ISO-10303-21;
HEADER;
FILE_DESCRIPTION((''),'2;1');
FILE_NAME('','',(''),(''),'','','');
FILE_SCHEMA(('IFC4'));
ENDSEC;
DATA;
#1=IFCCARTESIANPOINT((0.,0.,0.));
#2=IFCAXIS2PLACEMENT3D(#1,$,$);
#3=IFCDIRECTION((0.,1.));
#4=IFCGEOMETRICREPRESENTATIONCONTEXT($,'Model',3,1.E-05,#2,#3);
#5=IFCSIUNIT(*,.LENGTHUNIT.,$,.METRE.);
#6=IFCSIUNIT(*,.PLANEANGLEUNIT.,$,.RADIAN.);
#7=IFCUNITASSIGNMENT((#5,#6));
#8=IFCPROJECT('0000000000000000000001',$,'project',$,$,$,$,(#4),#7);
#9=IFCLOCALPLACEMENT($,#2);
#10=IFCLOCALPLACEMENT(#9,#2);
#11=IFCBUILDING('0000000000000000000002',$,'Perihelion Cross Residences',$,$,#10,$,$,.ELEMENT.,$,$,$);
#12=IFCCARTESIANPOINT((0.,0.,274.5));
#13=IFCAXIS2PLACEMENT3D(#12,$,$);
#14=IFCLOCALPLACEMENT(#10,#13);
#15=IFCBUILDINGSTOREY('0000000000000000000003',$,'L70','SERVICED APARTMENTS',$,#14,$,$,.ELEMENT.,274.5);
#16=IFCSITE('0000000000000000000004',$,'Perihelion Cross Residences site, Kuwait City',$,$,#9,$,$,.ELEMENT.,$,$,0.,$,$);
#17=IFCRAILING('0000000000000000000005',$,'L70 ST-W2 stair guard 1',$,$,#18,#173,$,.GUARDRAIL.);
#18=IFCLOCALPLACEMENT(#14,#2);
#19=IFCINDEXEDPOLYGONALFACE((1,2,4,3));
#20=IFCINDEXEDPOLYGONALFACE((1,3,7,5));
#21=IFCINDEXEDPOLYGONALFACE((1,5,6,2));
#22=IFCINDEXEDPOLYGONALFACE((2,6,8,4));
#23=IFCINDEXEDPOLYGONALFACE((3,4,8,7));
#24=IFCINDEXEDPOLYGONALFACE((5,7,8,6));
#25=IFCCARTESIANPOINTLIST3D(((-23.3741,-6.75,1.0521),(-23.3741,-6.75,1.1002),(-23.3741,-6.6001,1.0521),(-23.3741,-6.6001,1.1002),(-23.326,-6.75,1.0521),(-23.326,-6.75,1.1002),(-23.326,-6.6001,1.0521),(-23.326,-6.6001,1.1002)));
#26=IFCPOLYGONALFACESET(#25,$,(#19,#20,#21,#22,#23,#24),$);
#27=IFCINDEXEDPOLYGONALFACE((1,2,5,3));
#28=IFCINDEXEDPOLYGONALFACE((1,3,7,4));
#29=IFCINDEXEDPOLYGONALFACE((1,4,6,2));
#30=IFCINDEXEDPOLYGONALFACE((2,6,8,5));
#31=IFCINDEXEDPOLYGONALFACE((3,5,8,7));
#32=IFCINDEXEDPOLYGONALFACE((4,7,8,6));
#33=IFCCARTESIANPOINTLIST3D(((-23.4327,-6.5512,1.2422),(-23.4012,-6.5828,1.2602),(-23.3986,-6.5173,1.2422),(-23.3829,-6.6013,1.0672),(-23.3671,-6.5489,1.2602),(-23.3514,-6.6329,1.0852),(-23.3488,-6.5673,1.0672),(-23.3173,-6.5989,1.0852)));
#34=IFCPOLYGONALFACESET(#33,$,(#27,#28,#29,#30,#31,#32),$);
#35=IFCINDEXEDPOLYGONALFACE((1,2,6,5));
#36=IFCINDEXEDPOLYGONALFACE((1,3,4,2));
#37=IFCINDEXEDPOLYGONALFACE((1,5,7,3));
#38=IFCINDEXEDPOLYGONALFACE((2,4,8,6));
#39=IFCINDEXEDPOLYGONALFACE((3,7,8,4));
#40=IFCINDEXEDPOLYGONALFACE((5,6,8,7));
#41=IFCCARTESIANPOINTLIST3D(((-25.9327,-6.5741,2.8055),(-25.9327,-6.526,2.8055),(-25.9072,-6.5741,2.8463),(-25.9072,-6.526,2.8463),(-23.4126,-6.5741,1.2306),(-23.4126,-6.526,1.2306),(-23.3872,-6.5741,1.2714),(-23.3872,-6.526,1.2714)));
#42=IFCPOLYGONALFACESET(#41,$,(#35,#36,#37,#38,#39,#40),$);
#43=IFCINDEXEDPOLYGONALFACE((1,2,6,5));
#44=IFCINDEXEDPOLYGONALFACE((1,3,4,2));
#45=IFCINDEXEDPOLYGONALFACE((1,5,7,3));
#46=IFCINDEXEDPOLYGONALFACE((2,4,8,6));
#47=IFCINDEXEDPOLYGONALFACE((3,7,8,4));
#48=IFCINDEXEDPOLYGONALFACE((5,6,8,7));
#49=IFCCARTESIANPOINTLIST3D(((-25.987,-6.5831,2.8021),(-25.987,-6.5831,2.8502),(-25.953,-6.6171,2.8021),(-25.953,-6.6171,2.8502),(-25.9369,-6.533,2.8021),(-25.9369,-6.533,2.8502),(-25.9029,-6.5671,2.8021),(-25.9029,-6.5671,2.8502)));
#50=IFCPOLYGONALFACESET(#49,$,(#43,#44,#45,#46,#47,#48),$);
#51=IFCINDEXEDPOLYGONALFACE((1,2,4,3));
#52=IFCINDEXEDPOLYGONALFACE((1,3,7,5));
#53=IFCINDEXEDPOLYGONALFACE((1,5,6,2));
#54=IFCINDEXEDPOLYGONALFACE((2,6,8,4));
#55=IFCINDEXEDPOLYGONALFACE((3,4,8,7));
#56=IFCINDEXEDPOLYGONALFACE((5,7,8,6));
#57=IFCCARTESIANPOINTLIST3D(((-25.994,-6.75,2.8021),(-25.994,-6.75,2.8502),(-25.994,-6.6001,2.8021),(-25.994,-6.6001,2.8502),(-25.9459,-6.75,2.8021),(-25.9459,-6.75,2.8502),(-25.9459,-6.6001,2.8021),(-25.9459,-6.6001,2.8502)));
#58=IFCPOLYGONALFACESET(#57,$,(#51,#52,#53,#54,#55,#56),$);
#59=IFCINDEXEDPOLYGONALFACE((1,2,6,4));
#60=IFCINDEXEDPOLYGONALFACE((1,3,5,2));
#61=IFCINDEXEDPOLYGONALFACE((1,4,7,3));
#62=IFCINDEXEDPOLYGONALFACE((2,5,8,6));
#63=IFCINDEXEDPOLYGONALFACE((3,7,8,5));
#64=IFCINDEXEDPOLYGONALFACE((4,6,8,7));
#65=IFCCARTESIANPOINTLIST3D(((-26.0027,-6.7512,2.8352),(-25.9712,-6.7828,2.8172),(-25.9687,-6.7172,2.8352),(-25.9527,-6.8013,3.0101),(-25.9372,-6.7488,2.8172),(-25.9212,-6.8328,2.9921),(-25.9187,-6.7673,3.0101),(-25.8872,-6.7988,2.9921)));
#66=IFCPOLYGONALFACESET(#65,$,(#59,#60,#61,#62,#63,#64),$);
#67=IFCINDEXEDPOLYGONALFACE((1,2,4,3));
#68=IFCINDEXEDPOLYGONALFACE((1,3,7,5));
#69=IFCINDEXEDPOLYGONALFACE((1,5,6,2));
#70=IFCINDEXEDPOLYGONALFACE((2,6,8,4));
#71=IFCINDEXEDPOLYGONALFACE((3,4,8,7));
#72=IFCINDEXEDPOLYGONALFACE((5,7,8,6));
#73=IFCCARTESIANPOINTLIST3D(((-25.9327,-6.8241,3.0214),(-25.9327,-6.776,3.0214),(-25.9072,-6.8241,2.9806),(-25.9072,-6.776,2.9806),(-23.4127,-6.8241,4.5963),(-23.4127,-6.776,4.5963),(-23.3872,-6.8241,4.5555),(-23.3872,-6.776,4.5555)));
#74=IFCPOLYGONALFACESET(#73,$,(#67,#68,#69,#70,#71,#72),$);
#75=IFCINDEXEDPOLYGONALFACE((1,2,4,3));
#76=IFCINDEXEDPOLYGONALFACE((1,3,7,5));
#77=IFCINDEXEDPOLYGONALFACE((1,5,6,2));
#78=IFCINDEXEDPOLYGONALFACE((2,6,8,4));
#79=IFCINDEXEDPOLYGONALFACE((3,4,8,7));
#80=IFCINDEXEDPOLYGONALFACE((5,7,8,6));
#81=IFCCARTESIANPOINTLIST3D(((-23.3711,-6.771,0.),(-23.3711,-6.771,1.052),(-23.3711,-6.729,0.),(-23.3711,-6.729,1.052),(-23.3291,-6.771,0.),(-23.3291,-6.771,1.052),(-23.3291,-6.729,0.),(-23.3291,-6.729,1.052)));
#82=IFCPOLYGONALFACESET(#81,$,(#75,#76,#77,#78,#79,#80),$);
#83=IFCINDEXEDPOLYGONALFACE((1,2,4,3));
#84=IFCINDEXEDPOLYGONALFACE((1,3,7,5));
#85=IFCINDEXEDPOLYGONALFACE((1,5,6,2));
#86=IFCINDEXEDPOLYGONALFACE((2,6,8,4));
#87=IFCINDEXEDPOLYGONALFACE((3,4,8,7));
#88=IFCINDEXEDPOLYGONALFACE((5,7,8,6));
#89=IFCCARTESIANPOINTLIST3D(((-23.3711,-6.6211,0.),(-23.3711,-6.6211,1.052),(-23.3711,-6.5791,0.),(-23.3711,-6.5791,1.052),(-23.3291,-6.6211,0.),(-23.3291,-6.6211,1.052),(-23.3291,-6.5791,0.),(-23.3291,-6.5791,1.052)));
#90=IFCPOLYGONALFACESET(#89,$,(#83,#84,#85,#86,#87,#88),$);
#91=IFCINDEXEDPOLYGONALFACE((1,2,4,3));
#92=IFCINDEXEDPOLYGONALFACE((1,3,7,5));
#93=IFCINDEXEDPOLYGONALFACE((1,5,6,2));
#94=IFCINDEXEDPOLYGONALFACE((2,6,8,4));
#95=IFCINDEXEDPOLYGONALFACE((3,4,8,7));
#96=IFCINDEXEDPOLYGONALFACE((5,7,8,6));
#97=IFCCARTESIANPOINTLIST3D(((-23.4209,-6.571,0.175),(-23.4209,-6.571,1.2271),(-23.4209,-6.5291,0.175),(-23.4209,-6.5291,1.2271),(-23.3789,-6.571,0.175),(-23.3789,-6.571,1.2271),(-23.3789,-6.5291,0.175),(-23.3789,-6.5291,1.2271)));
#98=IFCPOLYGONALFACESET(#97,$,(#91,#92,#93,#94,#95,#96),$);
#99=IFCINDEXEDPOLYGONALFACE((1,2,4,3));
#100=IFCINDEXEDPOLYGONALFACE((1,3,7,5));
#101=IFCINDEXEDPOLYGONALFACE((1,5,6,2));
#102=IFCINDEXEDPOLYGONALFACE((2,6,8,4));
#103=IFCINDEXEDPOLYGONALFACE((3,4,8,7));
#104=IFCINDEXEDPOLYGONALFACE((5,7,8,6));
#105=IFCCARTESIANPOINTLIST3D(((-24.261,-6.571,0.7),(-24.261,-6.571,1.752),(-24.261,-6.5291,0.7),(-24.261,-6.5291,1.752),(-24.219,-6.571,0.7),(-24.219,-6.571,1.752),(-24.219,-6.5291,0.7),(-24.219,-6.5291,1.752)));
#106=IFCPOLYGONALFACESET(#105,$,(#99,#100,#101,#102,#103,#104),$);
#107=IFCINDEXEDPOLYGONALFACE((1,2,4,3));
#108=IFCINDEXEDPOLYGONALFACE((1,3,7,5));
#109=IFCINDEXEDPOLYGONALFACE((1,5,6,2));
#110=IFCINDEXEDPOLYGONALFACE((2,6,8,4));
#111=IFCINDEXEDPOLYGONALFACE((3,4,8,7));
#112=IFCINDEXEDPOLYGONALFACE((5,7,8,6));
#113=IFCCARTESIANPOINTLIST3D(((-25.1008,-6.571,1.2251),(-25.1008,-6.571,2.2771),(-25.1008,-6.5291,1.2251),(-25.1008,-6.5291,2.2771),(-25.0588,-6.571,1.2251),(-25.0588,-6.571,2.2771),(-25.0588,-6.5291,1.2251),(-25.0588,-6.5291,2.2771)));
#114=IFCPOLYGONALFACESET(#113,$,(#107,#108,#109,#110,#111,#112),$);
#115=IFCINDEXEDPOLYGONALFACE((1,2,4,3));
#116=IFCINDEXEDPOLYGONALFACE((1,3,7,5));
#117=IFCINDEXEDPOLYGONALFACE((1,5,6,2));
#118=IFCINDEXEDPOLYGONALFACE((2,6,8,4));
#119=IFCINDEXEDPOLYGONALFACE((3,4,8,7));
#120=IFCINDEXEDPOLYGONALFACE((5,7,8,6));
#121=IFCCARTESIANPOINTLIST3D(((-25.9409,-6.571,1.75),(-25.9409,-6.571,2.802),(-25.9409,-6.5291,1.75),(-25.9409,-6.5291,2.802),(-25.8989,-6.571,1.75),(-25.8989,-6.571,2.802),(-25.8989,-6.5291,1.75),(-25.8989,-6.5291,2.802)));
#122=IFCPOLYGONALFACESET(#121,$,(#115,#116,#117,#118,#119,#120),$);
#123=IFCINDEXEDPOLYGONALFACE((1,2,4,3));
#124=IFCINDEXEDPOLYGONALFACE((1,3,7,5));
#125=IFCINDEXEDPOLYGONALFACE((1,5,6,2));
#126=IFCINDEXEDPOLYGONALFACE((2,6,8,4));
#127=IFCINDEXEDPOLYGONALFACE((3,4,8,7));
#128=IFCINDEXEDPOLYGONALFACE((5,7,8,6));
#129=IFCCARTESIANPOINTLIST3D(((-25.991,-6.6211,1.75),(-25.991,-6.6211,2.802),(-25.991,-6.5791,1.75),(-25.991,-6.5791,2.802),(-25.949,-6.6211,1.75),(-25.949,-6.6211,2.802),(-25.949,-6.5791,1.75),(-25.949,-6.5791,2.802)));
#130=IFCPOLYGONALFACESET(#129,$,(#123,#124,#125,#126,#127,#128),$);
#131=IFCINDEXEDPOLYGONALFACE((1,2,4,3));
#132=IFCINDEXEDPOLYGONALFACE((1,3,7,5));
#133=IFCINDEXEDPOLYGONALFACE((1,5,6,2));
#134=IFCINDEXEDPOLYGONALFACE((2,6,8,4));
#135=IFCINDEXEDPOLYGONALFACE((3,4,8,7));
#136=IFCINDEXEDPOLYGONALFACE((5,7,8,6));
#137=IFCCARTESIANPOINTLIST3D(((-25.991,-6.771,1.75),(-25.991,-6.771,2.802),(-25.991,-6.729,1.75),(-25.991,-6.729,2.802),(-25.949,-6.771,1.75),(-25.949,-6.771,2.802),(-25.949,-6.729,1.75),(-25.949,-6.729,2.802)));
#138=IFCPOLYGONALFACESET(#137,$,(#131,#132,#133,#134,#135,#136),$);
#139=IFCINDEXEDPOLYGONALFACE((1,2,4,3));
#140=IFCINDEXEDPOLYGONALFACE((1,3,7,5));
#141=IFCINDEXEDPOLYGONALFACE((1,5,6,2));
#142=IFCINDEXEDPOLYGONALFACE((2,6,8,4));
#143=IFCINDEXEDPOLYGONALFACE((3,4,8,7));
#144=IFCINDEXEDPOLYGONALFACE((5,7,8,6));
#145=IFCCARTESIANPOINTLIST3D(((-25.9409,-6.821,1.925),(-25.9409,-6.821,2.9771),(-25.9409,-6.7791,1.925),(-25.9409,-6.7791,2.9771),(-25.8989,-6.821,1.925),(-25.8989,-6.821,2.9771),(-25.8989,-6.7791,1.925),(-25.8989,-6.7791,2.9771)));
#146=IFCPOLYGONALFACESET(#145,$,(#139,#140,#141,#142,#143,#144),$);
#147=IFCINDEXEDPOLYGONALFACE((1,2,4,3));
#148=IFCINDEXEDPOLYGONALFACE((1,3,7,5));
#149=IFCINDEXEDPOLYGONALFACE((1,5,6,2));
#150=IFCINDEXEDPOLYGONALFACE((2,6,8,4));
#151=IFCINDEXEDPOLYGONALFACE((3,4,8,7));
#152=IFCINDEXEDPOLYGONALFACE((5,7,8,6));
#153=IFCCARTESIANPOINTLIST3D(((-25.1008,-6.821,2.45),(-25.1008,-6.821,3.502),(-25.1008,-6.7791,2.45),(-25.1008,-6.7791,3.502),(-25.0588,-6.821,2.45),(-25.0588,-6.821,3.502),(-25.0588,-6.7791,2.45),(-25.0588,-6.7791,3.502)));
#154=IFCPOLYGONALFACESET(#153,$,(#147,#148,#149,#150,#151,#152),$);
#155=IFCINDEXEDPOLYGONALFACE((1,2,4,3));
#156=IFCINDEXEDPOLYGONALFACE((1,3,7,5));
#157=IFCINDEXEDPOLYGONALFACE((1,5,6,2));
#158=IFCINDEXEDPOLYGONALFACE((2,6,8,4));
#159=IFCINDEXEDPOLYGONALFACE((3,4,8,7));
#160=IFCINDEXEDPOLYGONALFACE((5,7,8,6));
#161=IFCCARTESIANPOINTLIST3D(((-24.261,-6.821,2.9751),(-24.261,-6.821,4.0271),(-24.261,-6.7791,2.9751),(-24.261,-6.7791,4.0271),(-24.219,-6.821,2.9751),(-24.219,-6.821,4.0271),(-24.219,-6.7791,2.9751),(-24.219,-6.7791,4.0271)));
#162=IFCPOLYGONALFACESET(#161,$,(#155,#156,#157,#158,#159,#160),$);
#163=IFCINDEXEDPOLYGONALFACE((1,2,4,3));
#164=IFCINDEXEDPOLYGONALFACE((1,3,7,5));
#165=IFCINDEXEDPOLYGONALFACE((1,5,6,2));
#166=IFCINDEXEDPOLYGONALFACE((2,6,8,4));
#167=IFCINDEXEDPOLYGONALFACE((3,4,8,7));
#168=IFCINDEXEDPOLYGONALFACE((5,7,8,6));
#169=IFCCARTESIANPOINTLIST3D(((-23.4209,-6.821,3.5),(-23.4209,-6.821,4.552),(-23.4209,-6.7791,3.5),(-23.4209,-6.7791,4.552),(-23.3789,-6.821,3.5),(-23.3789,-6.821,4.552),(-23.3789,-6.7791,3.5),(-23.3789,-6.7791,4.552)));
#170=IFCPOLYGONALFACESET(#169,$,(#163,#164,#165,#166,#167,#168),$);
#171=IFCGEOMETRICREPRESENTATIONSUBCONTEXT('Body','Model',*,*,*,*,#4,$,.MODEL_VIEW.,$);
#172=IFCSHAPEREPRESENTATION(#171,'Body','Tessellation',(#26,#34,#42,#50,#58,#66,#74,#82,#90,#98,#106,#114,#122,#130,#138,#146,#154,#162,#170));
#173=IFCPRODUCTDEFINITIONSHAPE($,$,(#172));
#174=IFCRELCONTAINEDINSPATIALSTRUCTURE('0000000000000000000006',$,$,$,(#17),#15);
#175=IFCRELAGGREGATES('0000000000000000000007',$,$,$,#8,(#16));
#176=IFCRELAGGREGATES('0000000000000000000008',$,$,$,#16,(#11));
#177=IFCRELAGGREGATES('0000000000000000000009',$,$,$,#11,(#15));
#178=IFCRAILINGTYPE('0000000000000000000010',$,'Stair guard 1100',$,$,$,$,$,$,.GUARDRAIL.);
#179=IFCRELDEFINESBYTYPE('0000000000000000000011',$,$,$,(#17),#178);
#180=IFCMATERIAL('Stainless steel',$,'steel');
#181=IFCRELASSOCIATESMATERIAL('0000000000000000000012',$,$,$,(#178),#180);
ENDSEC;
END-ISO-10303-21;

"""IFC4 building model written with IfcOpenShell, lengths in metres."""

from ifc_helpers import new_model, si_unit, direction, frame, origin, origin_2d, place, context, subcontext, project, spatial, rectangle, extrude, material, type_object, element, save


model = new_model("IFC4")

# Units and contexts
model_context = context("Model", 3, precision=1e-05, world=origin(), true_north=direction((0.0, 1.0)))
body_context = subcontext(model_context, "Body", "Model", "MODEL_VIEW")
ifc_project = project(units=[si_unit("LENGTHUNIT", "METRE"), si_unit("PLANEANGLEUNIT", "RADIAN")], contexts=[model_context])

# Site, building, storey
site_placement = place(None, origin())
site = spatial("IfcSite", under=ifc_project, at=site_placement, Name="Perihelion Cross Residences site, Kuwait City", CompositionType="ELEMENT", RefElevation=0.0)
building_placement = place(site_placement, origin())
building = spatial("IfcBuilding", under=site, at=building_placement, Name="Perihelion Cross Residences", CompositionType="ELEMENT")
storey_placement = place(building_placement, frame((0.0, 0.0, 274.5)))
storey = spatial("IfcBuildingStorey", under=building, at=storey_placement, Name="L70", Description="SERVICED APARTMENTS", CompositionType="ELEMENT", Elevation=274.5)

# Railing
ifc_material_1 = material(Name="Stainless steel", Category="steel")
railing_type_1 = type_object("IfcRailingType", Name="Stair guard 1100", PredefinedType="GUARDRAIL", material=ifc_material_1)
railing_1_placement = place(storey_placement, frame((-23.3501, -6.75, 0.0)))
element("IfcRailing", 1, at=railing_1_placement, inside=storey, type_object=railing_type_1, Name="L70 ST-W2 stair guard 1", PredefinedType="GUARDRAIL", context=body_context, shape_type="SweptSolid", body=[
    extrude(rectangle(XDim=0.0481, YDim=0.0481, at=origin_2d()), frame((0.0, 0.0, 1.0762), z_axis=(0.0, 1.0, 0.0), x_axis=(-1.0, 0.0, 0.0)), (0.0, 0.0, 1.0), 0.1499),
    extrude(rectangle(XDim=0.0481, YDim=0.0481, at=origin_2d()), frame((0.0, 0.1499, 1.0762), z_axis=(-0.263862, 0.265156, 0.927399), x_axis=(-0.708834, -0.705376, 0.0)), (0.0, 0.0, 1.0), 0.1887),
    extrude(rectangle(XDim=0.0481, YDim=0.0481, at=origin_2d()), frame((-0.0498, 0.2, 1.251), z_axis=(-0.848008, 0.0, 0.529984), x_axis=(0.0, -1.0, 0.0)), (0.0, 0.0, 1.0), 2.9717),
    extrude(rectangle(XDim=0.0481, YDim=0.0481, at=origin_2d()), frame((-2.5698, 0.2, 2.8262), z_axis=(-0.707107, -0.707107, 0.0), x_axis=(0.707107, -0.707107, 0.0)), (0.0, 0.0, 1.0), 0.0708),
    extrude(rectangle(XDim=0.0481, YDim=0.0481, at=origin_2d()), frame((-2.6199, 0.1499, 2.8262), z_axis=(0.0, -1.0, 0.0), x_axis=(1.0, 0.0, 0.0)), (0.0, 0.0, 1.0), 0.1499),
    extrude(rectangle(XDim=0.0481, YDim=0.0481, at=origin_2d()), frame((-2.6199, 0.0, 2.8262), z_axis=(0.265065, -0.265065, 0.927082), x_axis=(0.707107, 0.707107, 0.0)), (0.0, 0.0, 1.0), 0.1887),
    extrude(rectangle(XDim=0.0481, YDim=0.0481, at=origin_2d()), frame((-2.5698, -0.05, 3.001), z_axis=(0.848008, 0.0, 0.529984), x_axis=(0.0, 1.0, 0.0)), (0.0, 0.0, 1.0), 2.9717),
    extrude(rectangle(XDim=0.042, YDim=0.042, at=origin_2d()), origin(), (0.0, 0.0, 1.0), 1.052),
    extrude(rectangle(XDim=0.042, YDim=0.042, at=origin_2d()), frame((0.0, 0.1499, 0.0)), (0.0, 0.0, 1.0), 1.052),
    extrude(rectangle(XDim=0.042, YDim=0.042, at=origin_2d()), frame((-0.0498, 0.2, 0.175)), (0.0, 0.0, 1.0), 1.052),
    extrude(rectangle(XDim=0.042, YDim=0.042, at=origin_2d()), frame((-0.8899, 0.2, 0.7)), (0.0, 0.0, 1.0), 1.052),
    extrude(rectangle(XDim=0.042, YDim=0.042, at=origin_2d()), frame((-1.7297, 0.2, 1.2251)), (0.0, 0.0, 1.0), 1.052),
    extrude(rectangle(XDim=0.042, YDim=0.042, at=origin_2d()), frame((-2.5698, 0.2, 1.75)), (0.0, 0.0, 1.0), 1.052),
    extrude(rectangle(XDim=0.042, YDim=0.042, at=origin_2d()), frame((-2.6199, 0.1499, 1.75)), (0.0, 0.0, 1.0), 1.052),
    extrude(rectangle(XDim=0.042, YDim=0.042, at=origin_2d()), frame((-2.6199, 0.0, 1.75)), (0.0, 0.0, 1.0), 1.052),
    extrude(rectangle(XDim=0.042, YDim=0.042, at=origin_2d()), frame((-2.5698, -0.05, 1.925)), (0.0, 0.0, 1.0), 1.052),
    extrude(rectangle(XDim=0.042, YDim=0.042, at=origin_2d()), frame((-1.7297, -0.05, 2.45)), (0.0, 0.0, 1.0), 1.052),
    extrude(rectangle(XDim=0.042, YDim=0.042, at=origin_2d()), frame((-0.8899, -0.05, 2.9751)), (0.0, 0.0, 1.0), 1.052),
    extrude(rectangle(XDim=0.042, YDim=0.042, at=origin_2d()), frame((-0.0498, -0.05, 3.5)), (0.0, 0.0, 1.0), 1.052),
])

save(model, "model.ifc")
